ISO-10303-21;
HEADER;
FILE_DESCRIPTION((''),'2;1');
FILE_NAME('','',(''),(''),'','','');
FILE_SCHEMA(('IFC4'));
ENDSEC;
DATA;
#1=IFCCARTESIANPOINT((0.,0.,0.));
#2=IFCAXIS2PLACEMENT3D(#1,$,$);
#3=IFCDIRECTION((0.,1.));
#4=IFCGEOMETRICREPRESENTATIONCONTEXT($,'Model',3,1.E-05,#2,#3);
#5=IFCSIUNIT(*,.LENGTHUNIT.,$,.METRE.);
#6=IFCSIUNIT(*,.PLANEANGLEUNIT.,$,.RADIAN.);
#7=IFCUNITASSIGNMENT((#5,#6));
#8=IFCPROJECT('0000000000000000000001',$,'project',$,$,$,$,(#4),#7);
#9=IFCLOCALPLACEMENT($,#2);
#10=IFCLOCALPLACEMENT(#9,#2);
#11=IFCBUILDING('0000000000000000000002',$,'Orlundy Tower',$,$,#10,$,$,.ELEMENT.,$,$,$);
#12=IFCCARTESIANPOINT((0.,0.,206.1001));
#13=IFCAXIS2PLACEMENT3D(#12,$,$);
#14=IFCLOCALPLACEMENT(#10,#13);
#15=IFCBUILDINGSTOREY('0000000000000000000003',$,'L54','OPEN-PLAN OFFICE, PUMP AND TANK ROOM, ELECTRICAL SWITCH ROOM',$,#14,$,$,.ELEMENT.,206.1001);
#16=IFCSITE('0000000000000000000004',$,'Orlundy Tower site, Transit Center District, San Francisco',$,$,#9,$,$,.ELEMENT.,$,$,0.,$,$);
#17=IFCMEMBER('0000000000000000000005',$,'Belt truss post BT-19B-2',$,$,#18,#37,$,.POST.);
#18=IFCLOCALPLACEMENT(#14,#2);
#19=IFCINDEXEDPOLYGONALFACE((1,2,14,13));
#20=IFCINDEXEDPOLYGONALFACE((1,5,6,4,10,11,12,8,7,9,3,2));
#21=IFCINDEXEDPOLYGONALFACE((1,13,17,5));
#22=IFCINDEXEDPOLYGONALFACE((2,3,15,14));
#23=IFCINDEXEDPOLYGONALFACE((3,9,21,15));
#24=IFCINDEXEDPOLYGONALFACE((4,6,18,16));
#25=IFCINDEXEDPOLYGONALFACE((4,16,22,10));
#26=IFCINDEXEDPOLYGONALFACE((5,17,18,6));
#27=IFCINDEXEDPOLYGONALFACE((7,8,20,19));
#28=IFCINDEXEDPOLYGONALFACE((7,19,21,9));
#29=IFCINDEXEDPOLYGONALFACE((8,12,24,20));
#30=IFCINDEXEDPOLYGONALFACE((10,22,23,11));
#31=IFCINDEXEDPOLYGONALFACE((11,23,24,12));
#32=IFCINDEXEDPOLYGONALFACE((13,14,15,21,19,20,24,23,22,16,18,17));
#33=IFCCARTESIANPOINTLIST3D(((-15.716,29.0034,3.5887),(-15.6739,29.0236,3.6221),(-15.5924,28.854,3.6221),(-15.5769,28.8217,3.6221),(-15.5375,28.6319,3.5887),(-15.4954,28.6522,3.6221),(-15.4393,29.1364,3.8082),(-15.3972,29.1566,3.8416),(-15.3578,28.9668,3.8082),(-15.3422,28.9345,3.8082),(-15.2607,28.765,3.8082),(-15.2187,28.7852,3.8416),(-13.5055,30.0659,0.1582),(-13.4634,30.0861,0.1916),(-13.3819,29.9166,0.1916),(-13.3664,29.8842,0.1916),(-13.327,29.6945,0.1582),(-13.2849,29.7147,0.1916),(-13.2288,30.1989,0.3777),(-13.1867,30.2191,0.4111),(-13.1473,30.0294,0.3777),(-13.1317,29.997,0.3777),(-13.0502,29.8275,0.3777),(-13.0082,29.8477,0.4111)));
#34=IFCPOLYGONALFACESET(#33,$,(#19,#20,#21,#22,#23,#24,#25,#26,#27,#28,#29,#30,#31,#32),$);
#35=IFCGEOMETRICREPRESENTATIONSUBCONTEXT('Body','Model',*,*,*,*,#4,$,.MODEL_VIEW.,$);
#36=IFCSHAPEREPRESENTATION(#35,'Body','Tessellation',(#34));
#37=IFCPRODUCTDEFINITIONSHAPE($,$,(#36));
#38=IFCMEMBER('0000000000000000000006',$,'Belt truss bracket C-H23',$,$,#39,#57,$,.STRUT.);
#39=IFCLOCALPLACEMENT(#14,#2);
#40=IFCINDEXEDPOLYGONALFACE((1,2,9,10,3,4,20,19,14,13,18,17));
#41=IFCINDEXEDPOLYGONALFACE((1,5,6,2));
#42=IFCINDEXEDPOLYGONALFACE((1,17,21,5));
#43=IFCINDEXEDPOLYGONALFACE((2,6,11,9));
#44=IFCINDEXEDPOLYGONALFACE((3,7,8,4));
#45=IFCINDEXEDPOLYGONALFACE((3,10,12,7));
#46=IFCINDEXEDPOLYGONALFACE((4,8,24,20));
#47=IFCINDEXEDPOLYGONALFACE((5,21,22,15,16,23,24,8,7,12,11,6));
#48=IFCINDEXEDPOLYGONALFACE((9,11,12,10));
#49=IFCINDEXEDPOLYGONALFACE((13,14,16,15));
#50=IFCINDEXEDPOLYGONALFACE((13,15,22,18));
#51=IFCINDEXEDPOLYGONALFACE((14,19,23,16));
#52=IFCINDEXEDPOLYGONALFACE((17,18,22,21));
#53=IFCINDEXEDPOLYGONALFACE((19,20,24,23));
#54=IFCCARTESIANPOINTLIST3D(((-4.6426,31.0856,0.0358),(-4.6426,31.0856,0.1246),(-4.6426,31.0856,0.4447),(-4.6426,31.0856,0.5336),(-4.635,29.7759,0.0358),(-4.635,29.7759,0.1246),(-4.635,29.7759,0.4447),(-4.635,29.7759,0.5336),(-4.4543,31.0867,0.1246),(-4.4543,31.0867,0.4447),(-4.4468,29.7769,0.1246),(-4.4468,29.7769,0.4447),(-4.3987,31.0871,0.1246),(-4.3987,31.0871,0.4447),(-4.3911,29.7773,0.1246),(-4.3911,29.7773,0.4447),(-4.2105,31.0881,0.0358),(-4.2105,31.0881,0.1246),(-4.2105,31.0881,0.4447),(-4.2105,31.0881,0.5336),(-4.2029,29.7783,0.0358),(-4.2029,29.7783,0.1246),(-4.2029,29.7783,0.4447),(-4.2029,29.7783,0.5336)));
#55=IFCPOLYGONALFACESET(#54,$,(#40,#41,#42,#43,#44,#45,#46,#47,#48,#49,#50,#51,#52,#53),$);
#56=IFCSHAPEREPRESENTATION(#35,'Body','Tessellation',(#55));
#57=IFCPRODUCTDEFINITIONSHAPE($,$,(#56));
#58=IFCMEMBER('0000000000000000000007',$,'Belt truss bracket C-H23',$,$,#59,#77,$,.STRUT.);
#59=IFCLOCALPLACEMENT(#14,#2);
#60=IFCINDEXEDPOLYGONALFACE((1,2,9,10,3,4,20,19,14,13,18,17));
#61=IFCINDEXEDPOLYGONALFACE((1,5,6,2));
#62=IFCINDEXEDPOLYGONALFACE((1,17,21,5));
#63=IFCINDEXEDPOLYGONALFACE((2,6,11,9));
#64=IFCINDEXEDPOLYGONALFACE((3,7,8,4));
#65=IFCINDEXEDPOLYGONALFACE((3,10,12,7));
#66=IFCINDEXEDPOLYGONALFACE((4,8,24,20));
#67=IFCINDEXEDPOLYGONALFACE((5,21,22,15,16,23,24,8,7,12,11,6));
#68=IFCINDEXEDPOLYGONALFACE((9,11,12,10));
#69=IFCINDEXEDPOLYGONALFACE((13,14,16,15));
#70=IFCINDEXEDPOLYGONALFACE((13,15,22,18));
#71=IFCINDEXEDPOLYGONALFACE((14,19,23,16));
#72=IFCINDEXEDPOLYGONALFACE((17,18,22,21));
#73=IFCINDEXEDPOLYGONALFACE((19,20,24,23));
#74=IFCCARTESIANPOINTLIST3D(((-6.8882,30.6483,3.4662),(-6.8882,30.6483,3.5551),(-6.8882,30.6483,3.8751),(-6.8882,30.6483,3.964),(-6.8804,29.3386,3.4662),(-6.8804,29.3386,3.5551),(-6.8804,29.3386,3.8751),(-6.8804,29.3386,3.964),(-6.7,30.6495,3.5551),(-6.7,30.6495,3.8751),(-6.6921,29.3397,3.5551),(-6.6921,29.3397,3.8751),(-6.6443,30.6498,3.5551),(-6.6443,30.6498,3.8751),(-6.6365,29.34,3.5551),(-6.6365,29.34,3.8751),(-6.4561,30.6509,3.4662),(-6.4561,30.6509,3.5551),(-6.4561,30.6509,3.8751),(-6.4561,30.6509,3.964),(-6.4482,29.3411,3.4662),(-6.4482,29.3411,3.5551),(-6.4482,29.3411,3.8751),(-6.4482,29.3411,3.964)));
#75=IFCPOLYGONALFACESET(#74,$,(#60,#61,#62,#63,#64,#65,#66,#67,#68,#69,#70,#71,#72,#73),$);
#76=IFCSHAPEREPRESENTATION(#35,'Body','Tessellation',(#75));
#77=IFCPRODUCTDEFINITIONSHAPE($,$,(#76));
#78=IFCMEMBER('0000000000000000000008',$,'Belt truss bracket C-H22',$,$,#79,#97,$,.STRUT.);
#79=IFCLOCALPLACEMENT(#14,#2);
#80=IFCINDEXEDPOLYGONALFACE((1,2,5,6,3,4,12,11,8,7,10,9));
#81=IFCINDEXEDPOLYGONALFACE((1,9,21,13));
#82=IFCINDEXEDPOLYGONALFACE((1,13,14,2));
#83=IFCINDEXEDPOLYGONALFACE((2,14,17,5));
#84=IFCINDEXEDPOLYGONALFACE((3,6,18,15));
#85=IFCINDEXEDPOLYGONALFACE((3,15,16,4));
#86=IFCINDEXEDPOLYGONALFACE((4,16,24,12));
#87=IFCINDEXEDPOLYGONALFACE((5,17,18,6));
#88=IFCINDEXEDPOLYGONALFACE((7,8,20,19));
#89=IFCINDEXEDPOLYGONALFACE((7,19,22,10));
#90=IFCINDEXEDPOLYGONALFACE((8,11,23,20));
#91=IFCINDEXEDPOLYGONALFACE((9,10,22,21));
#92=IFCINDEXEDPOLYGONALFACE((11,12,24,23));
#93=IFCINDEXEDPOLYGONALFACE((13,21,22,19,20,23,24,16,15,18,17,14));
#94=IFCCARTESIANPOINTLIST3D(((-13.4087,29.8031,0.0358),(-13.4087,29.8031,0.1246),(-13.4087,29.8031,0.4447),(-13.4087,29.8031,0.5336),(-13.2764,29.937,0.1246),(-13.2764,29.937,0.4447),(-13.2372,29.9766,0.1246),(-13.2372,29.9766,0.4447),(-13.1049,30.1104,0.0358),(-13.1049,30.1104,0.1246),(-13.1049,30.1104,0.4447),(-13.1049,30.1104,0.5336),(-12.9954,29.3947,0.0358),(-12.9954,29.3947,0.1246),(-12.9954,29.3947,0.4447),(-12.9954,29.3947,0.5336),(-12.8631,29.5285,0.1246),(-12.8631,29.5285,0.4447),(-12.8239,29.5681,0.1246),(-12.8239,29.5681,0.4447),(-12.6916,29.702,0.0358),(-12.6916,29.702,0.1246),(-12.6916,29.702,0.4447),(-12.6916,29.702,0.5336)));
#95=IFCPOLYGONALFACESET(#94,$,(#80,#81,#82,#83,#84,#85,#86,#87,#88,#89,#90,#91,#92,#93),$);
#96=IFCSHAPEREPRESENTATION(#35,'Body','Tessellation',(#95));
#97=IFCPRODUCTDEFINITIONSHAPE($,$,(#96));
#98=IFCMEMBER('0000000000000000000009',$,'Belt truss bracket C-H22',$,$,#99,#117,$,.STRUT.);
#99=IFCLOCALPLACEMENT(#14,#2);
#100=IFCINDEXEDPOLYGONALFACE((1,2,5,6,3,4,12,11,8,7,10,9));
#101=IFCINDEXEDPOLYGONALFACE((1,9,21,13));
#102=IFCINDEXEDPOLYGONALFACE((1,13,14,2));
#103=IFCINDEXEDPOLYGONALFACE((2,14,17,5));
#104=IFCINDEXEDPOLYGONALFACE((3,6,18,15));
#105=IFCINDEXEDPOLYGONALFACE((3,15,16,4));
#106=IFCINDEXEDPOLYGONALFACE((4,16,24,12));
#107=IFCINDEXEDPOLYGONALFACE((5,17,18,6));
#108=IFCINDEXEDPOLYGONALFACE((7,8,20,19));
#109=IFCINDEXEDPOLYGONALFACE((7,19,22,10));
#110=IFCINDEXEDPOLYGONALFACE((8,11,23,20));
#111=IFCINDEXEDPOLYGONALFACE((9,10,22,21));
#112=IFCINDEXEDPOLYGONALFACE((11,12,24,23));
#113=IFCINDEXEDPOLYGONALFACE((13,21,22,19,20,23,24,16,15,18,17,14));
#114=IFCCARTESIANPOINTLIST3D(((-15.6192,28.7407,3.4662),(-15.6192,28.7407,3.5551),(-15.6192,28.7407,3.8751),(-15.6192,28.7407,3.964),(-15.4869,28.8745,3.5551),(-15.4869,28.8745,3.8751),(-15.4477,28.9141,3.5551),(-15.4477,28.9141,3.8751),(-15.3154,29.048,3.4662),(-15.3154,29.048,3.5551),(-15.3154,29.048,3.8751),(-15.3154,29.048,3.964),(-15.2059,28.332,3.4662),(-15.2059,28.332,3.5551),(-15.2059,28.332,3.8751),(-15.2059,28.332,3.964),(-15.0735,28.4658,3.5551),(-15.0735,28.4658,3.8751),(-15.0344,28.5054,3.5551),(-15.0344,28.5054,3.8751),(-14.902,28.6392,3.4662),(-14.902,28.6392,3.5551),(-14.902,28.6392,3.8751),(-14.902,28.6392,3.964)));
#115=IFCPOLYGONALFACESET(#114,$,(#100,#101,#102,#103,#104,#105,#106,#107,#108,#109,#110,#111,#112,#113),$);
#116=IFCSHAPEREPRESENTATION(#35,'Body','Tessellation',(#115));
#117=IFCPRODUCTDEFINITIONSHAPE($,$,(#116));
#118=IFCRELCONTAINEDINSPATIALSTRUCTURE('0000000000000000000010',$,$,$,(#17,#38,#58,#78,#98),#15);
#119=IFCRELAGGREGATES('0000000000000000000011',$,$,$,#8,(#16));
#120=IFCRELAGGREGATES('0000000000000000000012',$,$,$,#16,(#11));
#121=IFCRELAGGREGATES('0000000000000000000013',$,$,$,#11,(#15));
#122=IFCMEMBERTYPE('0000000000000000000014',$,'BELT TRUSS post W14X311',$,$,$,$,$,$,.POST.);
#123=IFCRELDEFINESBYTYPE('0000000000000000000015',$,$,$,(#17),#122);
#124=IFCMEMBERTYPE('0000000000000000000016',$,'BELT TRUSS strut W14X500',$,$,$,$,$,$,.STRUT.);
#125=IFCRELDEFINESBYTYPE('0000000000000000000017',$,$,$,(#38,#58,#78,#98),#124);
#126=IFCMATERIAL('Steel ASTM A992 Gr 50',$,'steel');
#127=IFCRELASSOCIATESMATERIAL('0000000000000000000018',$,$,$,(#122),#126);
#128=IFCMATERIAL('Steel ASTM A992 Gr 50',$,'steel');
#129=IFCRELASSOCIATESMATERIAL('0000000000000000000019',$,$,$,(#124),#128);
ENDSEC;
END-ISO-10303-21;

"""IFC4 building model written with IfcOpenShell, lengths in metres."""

from ifc_helpers import new_model, si_unit, direction, frame, origin, origin_2d, place, context, subcontext, project, spatial, i_section, extrude, material, material_profile, profile_set, type_object, element, save


model = new_model("IFC4")

# Units and contexts
model_context = context("Model", 3, precision=1e-05, world=origin(), true_north=direction((0.0, 1.0)))
body_context = subcontext(model_context, "Body", "Model", "MODEL_VIEW")
ifc_project = project(units=[si_unit("LENGTHUNIT", "METRE"), si_unit("PLANEANGLEUNIT", "RADIAN")], contexts=[model_context])

# Site, building, storey
site_placement = place(None, origin())
site = spatial("IfcSite", under=ifc_project, at=site_placement, Name="Orlundy Tower site, Transit Center District, San Francisco", CompositionType="ELEMENT", RefElevation=0.0)
building_placement = place(site_placement, origin())
building = spatial("IfcBuilding", under=site, at=building_placement, Name="Orlundy Tower", CompositionType="ELEMENT")
storey_placement = place(building_placement, frame((0.0, 0.0, 206.1001)))
storey = spatial("IfcBuildingStorey", under=building, at=storey_placement, Name="L54", Description="OPEN-PLAN OFFICE, PUMP AND TANK ROOM, ELECTRICAL SWITCH ROOM", CompositionType="ELEMENT", Elevation=206.1001)

# Members
ifc_material_1 = material(Name="Steel ASTM A992 Gr 50", Category="steel")
ifc_material_profile_1 = material_profile(ifc_material_1, i_section(OverallWidth=0.4121, OverallDepth=0.4348, WebThickness=0.0359, FlangeThickness=0.0574, at=origin_2d()), Name="W14X311")
ifc_profile_set_1 = profile_set([ifc_material_profile_1], Name="Steel ASTM A992 Gr 50")
member_type_1 = type_object("IfcMemberType", Name="BELT TRUSS post W14X311", PredefinedType="POST", material=ifc_profile_set_1)
member_1_placement = place(storey_placement, frame((-13.2568, 29.9568, 0.2847), z_axis=(-0.52418, -0.251959, 0.813481), x_axis=(0.433223, -0.901287, 0.0)))
element("IfcMember", 1, at=member_1_placement, inside=storey, type_object=member_type_1, Name="Belt truss post BT-19B-2", PredefinedType="POST", context=body_context, shape_type="SweptSolid", body=[
    extrude(i_section(OverallWidth=0.4121, OverallDepth=0.4348, WebThickness=0.0359, FlangeThickness=0.0574, at=origin_2d()), origin(), (0.0, 0.0, 1.0), 4.217),
])
ifc_material_2 = material(Name="Steel ASTM A992 Gr 50", Category="steel")
ifc_material_profile_2 = material_profile(ifc_material_2, i_section(OverallWidth=0.4321, OverallDepth=0.4978, WebThickness=0.0557, FlangeThickness=0.0889, at=origin_2d()), Name="W14X500")
ifc_profile_set_2 = profile_set([ifc_material_profile_2], Name="Steel ASTM A992 Gr 50")
member_type_2 = type_object("IfcMemberType", Name="BELT TRUSS strut W14X500", PredefinedType="STRUT", material=ifc_profile_set_2)
for number, where, z_axis, x_axis, name in (
    (2, (-4.4189, 29.7771, 0.2847), (-0.005778, 0.999983, 0.0), (-0.999983, -0.005778, 0.0), "Belt truss bracket C-H23"),
    (3, (-6.6643, 29.3398, 3.7151), (-0.005964, 0.999982, 0.0), (-0.999982, -0.005964, 0.0), "Belt truss bracket C-H23"),
):
    element("IfcMember", number, at=place(storey_placement, frame(where, z_axis=z_axis, x_axis=x_axis)), inside=storey, type_object=member_type_2, Name=name, PredefinedType="STRUT", context=body_context, shape_type="SweptSolid", body=[
        extrude(i_section(OverallWidth=0.4321, OverallDepth=0.4978, WebThickness=0.0557, FlangeThickness=0.0889, at=origin_2d()), origin(), (0.0, 0.0, 1.0), 1.3098),
    ])
member_2_placement = place(storey_placement, frame((-12.8435, 29.5483, 0.2847), z_axis=(-0.711296, 0.702893, 0.0), x_axis=(-0.702893, -0.711296, 0.0)))
element("IfcMember", 4, at=member_2_placement, inside=storey, type_object=member_type_2, Name="Belt truss bracket C-H22", PredefinedType="STRUT", context=body_context, shape_type="SweptSolid", body=[
    extrude(i_section(OverallWidth=0.4321, OverallDepth=0.4978, WebThickness=0.0557, FlangeThickness=0.0889, at=origin_2d()), origin(), (0.0, 0.0, 1.0), 0.5811),
])
member_3_placement = place(storey_placement, frame((-15.054, 28.4856, 3.7151), z_axis=(-0.711086, 0.703105, 0.0), x_axis=(-0.703105, -0.711086, 0.0)))
element("IfcMember", 5, at=member_3_placement, inside=storey, type_object=member_type_2, Name="Belt truss bracket C-H22", PredefinedType="STRUT", context=body_context, shape_type="SweptSolid", body=[
    extrude(i_section(OverallWidth=0.4321, OverallDepth=0.4978, WebThickness=0.0557, FlangeThickness=0.0889, at=origin_2d()), origin(), (0.0, 0.0, 1.0), 0.5813),
])

save(model, "model.ifc")
